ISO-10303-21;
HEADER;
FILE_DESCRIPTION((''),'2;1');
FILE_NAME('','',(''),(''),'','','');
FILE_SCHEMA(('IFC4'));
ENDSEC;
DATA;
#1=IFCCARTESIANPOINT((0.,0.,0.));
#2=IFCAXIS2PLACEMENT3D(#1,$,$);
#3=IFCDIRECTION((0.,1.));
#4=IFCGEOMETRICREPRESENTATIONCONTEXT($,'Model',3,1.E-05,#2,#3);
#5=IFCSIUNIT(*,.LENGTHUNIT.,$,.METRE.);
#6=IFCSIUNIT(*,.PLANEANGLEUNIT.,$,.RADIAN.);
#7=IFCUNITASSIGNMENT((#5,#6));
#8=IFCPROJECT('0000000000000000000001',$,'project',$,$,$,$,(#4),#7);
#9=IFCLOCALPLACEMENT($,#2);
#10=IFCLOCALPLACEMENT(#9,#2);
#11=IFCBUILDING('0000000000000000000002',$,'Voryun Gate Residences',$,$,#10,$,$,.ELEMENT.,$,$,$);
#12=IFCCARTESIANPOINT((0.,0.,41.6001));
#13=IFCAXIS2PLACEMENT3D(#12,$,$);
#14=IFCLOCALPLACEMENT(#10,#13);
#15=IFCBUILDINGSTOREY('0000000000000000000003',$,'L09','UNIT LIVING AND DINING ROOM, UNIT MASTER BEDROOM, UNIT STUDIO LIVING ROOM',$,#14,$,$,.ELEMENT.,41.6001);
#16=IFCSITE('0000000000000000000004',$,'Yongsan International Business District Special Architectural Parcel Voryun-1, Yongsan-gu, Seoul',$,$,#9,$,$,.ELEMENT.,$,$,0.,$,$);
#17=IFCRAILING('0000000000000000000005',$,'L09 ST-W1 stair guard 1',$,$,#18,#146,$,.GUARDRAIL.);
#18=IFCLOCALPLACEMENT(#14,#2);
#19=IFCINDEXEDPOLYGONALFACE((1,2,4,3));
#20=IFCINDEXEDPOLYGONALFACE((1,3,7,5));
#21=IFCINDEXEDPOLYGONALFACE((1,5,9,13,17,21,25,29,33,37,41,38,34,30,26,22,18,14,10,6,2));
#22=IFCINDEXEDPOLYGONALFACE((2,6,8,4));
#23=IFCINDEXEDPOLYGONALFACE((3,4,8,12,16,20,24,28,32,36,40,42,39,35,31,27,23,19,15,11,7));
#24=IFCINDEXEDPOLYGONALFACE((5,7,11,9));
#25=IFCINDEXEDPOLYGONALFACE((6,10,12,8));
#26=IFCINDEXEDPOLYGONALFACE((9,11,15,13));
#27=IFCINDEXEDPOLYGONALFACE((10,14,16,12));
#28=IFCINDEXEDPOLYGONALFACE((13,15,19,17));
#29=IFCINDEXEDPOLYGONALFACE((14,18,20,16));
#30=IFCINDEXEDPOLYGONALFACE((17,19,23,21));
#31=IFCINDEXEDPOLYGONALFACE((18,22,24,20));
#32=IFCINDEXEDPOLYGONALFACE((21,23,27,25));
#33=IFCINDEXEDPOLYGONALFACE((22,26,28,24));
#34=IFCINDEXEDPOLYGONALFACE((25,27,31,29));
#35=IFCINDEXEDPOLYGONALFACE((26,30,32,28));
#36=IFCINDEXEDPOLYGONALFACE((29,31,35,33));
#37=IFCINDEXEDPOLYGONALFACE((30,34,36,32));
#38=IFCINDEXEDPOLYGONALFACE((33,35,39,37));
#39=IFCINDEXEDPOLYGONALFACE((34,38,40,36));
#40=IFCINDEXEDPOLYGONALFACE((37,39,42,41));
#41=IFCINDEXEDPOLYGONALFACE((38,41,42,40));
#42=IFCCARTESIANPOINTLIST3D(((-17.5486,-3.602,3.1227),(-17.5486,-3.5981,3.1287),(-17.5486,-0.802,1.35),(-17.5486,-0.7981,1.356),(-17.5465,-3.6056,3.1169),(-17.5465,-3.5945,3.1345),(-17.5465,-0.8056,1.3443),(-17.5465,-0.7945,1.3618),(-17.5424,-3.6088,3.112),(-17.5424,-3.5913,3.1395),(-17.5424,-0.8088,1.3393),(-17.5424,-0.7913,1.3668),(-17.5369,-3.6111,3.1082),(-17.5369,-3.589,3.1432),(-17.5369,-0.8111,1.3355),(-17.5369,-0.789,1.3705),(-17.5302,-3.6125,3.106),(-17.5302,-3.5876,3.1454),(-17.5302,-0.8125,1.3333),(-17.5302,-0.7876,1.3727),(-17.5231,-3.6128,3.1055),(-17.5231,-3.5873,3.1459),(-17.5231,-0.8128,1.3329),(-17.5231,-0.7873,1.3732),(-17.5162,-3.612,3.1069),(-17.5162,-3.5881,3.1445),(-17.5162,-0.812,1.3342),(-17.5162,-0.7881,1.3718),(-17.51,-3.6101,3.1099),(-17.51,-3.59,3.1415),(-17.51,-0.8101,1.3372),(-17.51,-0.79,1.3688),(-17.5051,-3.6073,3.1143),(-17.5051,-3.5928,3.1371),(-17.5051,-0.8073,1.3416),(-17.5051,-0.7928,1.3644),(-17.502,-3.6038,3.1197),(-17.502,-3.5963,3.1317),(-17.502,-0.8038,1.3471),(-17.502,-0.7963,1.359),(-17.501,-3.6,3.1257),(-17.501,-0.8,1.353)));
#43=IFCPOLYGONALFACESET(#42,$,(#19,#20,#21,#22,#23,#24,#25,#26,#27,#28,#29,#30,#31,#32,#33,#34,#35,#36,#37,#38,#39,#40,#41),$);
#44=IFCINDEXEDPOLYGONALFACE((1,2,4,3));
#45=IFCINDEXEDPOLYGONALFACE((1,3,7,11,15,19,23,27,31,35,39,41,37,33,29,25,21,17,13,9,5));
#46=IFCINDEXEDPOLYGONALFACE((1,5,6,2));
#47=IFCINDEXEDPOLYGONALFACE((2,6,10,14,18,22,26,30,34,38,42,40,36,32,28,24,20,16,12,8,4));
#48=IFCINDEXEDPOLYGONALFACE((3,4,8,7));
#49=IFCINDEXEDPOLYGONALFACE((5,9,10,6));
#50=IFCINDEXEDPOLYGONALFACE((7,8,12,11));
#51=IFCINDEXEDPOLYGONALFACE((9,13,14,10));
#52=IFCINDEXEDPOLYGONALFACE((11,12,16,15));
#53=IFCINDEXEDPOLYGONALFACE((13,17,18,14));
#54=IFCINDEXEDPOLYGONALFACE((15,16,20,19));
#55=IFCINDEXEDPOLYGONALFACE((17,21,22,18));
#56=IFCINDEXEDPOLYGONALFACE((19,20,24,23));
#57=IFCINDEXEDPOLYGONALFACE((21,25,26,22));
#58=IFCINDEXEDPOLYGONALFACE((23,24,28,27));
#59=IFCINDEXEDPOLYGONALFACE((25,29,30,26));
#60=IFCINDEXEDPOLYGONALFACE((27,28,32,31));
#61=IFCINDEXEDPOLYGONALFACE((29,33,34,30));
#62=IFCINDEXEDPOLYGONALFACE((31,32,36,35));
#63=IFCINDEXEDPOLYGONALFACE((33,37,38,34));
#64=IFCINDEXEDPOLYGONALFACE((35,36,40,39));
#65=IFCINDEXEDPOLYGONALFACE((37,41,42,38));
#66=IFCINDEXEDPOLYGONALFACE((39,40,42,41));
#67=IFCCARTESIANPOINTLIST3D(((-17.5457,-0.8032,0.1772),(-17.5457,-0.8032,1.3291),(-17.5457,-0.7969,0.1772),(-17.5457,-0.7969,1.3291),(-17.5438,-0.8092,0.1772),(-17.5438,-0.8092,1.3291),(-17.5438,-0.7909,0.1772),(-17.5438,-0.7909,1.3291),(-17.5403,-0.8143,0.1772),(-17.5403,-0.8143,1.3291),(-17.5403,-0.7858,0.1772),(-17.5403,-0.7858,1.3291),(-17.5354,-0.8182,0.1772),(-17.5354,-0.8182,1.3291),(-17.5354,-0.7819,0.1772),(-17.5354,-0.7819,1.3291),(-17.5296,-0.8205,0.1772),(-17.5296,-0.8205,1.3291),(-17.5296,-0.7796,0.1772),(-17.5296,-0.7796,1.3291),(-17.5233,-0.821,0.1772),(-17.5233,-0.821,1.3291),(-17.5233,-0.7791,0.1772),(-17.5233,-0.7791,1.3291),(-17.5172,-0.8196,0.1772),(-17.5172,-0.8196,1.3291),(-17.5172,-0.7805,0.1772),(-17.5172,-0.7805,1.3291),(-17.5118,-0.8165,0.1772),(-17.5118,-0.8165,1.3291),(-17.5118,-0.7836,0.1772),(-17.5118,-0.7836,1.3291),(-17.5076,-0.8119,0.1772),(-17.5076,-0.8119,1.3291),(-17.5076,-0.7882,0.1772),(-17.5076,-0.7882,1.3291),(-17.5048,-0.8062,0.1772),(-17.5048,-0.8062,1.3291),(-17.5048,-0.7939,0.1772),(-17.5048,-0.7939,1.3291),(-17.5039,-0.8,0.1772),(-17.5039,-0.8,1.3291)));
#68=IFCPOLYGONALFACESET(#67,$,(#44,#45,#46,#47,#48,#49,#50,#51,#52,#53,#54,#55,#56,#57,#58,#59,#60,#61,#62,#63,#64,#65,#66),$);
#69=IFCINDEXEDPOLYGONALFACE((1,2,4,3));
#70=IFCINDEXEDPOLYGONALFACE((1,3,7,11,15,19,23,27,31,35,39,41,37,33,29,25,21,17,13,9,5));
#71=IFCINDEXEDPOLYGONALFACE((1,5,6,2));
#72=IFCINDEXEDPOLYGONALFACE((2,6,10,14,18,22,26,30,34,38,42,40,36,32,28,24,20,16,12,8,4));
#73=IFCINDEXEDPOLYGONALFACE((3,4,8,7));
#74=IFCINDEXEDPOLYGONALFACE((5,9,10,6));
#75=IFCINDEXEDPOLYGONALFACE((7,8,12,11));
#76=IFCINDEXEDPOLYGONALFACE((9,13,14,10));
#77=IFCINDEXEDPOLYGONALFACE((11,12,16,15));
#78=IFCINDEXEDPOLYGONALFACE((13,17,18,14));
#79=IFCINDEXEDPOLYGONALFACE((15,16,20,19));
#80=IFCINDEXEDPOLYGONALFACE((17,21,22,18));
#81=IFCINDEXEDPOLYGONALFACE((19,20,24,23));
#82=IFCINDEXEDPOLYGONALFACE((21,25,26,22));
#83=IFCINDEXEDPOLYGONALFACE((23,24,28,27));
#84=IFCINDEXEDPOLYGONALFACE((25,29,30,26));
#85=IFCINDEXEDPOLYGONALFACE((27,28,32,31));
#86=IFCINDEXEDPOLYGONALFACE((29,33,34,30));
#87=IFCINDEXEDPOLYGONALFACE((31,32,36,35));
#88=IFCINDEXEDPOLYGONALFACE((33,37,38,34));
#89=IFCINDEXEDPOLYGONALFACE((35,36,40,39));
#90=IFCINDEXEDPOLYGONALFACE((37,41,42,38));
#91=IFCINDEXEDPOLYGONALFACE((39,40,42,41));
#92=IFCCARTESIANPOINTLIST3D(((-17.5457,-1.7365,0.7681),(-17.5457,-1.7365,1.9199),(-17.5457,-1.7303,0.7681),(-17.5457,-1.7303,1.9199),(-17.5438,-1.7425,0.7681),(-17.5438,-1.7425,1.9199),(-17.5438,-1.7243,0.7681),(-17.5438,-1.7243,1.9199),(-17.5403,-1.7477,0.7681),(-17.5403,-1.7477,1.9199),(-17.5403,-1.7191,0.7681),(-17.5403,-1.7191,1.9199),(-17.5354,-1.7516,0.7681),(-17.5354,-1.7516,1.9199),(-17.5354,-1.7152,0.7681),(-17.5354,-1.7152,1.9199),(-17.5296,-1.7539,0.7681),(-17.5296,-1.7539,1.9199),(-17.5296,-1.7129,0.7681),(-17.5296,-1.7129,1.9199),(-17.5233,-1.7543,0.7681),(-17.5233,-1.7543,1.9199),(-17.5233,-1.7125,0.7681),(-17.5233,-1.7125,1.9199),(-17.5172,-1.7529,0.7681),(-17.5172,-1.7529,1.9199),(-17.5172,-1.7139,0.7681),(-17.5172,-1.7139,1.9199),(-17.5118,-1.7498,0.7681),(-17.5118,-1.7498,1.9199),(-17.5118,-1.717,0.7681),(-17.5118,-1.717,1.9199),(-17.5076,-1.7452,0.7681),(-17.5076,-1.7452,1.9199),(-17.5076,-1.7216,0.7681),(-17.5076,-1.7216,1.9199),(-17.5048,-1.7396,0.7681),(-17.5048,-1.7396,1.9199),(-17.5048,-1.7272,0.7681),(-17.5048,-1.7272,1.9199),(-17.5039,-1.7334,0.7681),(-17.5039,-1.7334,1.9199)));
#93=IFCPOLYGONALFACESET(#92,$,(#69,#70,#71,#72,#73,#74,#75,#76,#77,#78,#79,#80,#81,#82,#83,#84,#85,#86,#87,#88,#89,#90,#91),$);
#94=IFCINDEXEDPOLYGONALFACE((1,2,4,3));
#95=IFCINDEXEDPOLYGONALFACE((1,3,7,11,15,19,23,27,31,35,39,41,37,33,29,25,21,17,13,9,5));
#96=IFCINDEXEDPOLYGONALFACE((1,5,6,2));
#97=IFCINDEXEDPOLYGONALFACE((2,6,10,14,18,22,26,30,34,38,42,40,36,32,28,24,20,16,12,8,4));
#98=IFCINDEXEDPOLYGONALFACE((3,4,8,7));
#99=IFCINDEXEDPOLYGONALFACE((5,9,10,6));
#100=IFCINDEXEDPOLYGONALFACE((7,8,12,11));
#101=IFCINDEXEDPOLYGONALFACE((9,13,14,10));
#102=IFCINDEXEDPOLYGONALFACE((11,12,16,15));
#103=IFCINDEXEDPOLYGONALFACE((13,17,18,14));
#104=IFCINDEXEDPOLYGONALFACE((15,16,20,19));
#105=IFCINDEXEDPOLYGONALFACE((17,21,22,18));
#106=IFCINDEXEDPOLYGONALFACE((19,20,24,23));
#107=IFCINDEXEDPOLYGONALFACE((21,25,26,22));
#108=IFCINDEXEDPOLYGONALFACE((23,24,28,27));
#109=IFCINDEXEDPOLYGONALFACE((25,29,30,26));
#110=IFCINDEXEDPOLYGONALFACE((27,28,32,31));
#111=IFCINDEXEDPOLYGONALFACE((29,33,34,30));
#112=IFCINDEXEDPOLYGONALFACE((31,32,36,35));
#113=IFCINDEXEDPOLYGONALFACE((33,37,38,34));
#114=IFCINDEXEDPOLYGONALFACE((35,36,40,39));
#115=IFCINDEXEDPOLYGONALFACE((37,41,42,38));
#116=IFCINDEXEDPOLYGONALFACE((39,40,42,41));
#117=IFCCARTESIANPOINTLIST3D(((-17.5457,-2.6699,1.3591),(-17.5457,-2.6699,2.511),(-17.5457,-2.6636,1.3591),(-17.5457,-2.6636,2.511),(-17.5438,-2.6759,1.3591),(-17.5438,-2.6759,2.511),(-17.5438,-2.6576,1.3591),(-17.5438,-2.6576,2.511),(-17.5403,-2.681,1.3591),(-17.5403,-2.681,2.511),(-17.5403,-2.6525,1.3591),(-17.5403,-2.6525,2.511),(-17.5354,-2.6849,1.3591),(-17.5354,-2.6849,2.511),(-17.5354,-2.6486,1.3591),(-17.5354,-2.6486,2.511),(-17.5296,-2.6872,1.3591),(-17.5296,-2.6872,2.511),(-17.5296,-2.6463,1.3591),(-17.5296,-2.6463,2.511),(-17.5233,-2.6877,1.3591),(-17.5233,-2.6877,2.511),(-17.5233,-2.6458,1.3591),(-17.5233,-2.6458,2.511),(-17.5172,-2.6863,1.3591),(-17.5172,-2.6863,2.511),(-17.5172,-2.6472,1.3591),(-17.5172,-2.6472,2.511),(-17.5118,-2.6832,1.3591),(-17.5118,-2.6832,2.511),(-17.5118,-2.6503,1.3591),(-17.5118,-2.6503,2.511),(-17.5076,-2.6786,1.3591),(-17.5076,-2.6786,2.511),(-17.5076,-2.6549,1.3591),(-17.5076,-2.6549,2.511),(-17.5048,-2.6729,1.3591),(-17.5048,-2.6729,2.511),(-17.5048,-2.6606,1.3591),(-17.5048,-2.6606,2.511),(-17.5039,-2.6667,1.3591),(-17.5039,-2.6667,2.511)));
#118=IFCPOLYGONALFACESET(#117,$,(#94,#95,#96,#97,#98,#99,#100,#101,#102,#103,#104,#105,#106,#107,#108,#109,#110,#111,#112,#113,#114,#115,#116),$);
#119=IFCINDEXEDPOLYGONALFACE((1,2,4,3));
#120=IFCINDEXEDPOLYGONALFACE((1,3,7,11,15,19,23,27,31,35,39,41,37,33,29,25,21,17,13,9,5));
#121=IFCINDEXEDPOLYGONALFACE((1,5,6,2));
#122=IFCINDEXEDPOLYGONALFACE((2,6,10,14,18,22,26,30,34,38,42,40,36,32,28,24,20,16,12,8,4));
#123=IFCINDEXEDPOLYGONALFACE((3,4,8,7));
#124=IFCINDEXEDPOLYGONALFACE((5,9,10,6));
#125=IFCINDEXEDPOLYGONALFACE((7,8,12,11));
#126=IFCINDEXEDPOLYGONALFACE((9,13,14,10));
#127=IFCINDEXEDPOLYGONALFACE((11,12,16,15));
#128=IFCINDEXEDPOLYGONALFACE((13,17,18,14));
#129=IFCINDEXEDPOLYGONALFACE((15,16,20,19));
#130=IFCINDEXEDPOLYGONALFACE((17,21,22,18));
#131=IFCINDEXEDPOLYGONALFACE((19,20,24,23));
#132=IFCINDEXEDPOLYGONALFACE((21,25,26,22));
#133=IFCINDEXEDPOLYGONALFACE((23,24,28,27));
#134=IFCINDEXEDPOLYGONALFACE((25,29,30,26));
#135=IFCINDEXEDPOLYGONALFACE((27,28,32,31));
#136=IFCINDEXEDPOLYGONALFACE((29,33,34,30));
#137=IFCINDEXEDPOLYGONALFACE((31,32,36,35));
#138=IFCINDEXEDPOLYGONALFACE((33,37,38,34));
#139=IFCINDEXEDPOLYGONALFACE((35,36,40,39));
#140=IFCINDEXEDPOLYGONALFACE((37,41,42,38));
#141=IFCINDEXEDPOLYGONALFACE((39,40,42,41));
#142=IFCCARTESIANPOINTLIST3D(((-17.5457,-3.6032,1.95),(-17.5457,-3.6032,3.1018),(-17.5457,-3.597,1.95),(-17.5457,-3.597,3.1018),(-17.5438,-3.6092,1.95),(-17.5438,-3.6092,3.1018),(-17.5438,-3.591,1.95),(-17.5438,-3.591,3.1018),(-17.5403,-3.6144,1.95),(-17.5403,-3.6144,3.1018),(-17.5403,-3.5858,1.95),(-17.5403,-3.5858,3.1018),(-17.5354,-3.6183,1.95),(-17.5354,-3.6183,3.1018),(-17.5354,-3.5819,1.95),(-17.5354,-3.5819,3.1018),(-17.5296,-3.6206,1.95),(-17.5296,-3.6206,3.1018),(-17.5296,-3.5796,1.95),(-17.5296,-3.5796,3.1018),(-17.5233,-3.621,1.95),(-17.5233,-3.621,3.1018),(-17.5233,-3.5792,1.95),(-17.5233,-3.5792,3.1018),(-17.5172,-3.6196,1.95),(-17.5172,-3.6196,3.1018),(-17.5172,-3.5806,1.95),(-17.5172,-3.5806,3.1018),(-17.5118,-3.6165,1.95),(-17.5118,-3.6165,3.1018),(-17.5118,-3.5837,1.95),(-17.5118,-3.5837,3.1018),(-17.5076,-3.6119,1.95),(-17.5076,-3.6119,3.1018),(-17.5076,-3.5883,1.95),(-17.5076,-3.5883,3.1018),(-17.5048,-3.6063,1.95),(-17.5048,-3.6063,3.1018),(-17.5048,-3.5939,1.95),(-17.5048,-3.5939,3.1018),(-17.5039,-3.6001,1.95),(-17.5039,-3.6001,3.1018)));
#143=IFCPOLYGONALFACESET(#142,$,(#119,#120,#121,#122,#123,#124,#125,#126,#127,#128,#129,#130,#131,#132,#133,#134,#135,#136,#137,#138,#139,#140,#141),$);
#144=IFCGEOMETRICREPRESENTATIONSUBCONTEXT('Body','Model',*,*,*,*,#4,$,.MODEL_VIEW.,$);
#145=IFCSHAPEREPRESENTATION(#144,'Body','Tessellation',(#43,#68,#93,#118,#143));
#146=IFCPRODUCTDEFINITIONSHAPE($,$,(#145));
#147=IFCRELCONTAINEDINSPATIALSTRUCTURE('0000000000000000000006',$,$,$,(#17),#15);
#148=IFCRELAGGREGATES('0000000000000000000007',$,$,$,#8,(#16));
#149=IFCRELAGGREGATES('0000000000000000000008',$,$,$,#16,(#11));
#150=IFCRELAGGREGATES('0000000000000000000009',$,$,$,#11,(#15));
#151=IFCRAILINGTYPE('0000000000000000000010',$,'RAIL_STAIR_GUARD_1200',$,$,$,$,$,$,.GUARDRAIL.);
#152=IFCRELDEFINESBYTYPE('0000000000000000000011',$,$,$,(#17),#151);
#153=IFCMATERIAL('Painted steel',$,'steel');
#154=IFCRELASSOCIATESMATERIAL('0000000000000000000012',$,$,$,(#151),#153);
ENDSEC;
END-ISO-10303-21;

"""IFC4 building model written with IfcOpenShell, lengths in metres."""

from ifc_helpers import new_model, si_unit, direction, frame, origin, origin_2d, place, context, subcontext, project, spatial, circle, extrude, material, type_object, element, save


model = new_model("IFC4")

# Units and contexts
model_context = context("Model", 3, precision=1e-05, world=origin(), true_north=direction((0.0, 1.0)))
body_context = subcontext(model_context, "Body", "Model", "MODEL_VIEW")
ifc_project = project(units=[si_unit("LENGTHUNIT", "METRE"), si_unit("PLANEANGLEUNIT", "RADIAN")], contexts=[model_context])

# Site, building, storey
site_placement = place(None, origin())
site = spatial("IfcSite", under=ifc_project, at=site_placement, Name="Yongsan International Business District Special Architectural Parcel Voryun-1, Yongsan-gu, Seoul", CompositionType="ELEMENT", RefElevation=0.0)
building_placement = place(site_placement, origin())
building = spatial("IfcBuilding", under=site, at=building_placement, Name="Voryun Gate Residences", CompositionType="ELEMENT")
storey_placement = place(building_placement, frame((0.0, 0.0, 41.6001)))
storey = spatial("IfcBuildingStorey", under=building, at=storey_placement, Name="L09", Description="UNIT LIVING AND DINING ROOM, UNIT MASTER BEDROOM, UNIT STUDIO LIVING ROOM", CompositionType="ELEMENT", Elevation=41.6001)

# Railing
ifc_material_1 = material(Name="Painted steel", Category="steel")
railing_type_1 = type_object("IfcRailingType", Name="RAIL_STAIR_GUARD_1200", PredefinedType="GUARDRAIL", material=ifc_material_1)
railing_1_placement = place(storey_placement, frame((-17.5249, -0.8, 0.1772)))
element("IfcRailing", 1, at=railing_1_placement, inside=storey, type_object=railing_type_1, Name="L09 ST-W1 stair guard 1", PredefinedType="GUARDRAIL", context=body_context, shape_type="SweptSolid", body=[
    extrude(circle(Radius=0.0239, at=origin_2d()), frame((0.0, 0.0, 1.1758), z_axis=(0.0, -0.844909, 0.53491), x_axis=(1.0, 0.0, 0.0)), (0.0, 0.0, 1.0), 3.314),
    extrude(circle(Radius=0.021, at=origin_2d()), origin(), (0.0, 0.0, 1.0), 1.1519),
    extrude(circle(Radius=0.021, at=origin_2d()), frame((0.0, -0.9333, 0.5908)), (0.0, 0.0, 1.0), 1.1519),
    extrude(circle(Radius=0.021, at=origin_2d()), frame((0.0, -1.8667, 1.1819)), (0.0, 0.0, 1.0), 1.1519),
    extrude(circle(Radius=0.021, at=origin_2d()), frame((0.0, -2.8, 1.7727)), (0.0, 0.0, 1.0), 1.1519),
])

save(model, "model.ifc")
